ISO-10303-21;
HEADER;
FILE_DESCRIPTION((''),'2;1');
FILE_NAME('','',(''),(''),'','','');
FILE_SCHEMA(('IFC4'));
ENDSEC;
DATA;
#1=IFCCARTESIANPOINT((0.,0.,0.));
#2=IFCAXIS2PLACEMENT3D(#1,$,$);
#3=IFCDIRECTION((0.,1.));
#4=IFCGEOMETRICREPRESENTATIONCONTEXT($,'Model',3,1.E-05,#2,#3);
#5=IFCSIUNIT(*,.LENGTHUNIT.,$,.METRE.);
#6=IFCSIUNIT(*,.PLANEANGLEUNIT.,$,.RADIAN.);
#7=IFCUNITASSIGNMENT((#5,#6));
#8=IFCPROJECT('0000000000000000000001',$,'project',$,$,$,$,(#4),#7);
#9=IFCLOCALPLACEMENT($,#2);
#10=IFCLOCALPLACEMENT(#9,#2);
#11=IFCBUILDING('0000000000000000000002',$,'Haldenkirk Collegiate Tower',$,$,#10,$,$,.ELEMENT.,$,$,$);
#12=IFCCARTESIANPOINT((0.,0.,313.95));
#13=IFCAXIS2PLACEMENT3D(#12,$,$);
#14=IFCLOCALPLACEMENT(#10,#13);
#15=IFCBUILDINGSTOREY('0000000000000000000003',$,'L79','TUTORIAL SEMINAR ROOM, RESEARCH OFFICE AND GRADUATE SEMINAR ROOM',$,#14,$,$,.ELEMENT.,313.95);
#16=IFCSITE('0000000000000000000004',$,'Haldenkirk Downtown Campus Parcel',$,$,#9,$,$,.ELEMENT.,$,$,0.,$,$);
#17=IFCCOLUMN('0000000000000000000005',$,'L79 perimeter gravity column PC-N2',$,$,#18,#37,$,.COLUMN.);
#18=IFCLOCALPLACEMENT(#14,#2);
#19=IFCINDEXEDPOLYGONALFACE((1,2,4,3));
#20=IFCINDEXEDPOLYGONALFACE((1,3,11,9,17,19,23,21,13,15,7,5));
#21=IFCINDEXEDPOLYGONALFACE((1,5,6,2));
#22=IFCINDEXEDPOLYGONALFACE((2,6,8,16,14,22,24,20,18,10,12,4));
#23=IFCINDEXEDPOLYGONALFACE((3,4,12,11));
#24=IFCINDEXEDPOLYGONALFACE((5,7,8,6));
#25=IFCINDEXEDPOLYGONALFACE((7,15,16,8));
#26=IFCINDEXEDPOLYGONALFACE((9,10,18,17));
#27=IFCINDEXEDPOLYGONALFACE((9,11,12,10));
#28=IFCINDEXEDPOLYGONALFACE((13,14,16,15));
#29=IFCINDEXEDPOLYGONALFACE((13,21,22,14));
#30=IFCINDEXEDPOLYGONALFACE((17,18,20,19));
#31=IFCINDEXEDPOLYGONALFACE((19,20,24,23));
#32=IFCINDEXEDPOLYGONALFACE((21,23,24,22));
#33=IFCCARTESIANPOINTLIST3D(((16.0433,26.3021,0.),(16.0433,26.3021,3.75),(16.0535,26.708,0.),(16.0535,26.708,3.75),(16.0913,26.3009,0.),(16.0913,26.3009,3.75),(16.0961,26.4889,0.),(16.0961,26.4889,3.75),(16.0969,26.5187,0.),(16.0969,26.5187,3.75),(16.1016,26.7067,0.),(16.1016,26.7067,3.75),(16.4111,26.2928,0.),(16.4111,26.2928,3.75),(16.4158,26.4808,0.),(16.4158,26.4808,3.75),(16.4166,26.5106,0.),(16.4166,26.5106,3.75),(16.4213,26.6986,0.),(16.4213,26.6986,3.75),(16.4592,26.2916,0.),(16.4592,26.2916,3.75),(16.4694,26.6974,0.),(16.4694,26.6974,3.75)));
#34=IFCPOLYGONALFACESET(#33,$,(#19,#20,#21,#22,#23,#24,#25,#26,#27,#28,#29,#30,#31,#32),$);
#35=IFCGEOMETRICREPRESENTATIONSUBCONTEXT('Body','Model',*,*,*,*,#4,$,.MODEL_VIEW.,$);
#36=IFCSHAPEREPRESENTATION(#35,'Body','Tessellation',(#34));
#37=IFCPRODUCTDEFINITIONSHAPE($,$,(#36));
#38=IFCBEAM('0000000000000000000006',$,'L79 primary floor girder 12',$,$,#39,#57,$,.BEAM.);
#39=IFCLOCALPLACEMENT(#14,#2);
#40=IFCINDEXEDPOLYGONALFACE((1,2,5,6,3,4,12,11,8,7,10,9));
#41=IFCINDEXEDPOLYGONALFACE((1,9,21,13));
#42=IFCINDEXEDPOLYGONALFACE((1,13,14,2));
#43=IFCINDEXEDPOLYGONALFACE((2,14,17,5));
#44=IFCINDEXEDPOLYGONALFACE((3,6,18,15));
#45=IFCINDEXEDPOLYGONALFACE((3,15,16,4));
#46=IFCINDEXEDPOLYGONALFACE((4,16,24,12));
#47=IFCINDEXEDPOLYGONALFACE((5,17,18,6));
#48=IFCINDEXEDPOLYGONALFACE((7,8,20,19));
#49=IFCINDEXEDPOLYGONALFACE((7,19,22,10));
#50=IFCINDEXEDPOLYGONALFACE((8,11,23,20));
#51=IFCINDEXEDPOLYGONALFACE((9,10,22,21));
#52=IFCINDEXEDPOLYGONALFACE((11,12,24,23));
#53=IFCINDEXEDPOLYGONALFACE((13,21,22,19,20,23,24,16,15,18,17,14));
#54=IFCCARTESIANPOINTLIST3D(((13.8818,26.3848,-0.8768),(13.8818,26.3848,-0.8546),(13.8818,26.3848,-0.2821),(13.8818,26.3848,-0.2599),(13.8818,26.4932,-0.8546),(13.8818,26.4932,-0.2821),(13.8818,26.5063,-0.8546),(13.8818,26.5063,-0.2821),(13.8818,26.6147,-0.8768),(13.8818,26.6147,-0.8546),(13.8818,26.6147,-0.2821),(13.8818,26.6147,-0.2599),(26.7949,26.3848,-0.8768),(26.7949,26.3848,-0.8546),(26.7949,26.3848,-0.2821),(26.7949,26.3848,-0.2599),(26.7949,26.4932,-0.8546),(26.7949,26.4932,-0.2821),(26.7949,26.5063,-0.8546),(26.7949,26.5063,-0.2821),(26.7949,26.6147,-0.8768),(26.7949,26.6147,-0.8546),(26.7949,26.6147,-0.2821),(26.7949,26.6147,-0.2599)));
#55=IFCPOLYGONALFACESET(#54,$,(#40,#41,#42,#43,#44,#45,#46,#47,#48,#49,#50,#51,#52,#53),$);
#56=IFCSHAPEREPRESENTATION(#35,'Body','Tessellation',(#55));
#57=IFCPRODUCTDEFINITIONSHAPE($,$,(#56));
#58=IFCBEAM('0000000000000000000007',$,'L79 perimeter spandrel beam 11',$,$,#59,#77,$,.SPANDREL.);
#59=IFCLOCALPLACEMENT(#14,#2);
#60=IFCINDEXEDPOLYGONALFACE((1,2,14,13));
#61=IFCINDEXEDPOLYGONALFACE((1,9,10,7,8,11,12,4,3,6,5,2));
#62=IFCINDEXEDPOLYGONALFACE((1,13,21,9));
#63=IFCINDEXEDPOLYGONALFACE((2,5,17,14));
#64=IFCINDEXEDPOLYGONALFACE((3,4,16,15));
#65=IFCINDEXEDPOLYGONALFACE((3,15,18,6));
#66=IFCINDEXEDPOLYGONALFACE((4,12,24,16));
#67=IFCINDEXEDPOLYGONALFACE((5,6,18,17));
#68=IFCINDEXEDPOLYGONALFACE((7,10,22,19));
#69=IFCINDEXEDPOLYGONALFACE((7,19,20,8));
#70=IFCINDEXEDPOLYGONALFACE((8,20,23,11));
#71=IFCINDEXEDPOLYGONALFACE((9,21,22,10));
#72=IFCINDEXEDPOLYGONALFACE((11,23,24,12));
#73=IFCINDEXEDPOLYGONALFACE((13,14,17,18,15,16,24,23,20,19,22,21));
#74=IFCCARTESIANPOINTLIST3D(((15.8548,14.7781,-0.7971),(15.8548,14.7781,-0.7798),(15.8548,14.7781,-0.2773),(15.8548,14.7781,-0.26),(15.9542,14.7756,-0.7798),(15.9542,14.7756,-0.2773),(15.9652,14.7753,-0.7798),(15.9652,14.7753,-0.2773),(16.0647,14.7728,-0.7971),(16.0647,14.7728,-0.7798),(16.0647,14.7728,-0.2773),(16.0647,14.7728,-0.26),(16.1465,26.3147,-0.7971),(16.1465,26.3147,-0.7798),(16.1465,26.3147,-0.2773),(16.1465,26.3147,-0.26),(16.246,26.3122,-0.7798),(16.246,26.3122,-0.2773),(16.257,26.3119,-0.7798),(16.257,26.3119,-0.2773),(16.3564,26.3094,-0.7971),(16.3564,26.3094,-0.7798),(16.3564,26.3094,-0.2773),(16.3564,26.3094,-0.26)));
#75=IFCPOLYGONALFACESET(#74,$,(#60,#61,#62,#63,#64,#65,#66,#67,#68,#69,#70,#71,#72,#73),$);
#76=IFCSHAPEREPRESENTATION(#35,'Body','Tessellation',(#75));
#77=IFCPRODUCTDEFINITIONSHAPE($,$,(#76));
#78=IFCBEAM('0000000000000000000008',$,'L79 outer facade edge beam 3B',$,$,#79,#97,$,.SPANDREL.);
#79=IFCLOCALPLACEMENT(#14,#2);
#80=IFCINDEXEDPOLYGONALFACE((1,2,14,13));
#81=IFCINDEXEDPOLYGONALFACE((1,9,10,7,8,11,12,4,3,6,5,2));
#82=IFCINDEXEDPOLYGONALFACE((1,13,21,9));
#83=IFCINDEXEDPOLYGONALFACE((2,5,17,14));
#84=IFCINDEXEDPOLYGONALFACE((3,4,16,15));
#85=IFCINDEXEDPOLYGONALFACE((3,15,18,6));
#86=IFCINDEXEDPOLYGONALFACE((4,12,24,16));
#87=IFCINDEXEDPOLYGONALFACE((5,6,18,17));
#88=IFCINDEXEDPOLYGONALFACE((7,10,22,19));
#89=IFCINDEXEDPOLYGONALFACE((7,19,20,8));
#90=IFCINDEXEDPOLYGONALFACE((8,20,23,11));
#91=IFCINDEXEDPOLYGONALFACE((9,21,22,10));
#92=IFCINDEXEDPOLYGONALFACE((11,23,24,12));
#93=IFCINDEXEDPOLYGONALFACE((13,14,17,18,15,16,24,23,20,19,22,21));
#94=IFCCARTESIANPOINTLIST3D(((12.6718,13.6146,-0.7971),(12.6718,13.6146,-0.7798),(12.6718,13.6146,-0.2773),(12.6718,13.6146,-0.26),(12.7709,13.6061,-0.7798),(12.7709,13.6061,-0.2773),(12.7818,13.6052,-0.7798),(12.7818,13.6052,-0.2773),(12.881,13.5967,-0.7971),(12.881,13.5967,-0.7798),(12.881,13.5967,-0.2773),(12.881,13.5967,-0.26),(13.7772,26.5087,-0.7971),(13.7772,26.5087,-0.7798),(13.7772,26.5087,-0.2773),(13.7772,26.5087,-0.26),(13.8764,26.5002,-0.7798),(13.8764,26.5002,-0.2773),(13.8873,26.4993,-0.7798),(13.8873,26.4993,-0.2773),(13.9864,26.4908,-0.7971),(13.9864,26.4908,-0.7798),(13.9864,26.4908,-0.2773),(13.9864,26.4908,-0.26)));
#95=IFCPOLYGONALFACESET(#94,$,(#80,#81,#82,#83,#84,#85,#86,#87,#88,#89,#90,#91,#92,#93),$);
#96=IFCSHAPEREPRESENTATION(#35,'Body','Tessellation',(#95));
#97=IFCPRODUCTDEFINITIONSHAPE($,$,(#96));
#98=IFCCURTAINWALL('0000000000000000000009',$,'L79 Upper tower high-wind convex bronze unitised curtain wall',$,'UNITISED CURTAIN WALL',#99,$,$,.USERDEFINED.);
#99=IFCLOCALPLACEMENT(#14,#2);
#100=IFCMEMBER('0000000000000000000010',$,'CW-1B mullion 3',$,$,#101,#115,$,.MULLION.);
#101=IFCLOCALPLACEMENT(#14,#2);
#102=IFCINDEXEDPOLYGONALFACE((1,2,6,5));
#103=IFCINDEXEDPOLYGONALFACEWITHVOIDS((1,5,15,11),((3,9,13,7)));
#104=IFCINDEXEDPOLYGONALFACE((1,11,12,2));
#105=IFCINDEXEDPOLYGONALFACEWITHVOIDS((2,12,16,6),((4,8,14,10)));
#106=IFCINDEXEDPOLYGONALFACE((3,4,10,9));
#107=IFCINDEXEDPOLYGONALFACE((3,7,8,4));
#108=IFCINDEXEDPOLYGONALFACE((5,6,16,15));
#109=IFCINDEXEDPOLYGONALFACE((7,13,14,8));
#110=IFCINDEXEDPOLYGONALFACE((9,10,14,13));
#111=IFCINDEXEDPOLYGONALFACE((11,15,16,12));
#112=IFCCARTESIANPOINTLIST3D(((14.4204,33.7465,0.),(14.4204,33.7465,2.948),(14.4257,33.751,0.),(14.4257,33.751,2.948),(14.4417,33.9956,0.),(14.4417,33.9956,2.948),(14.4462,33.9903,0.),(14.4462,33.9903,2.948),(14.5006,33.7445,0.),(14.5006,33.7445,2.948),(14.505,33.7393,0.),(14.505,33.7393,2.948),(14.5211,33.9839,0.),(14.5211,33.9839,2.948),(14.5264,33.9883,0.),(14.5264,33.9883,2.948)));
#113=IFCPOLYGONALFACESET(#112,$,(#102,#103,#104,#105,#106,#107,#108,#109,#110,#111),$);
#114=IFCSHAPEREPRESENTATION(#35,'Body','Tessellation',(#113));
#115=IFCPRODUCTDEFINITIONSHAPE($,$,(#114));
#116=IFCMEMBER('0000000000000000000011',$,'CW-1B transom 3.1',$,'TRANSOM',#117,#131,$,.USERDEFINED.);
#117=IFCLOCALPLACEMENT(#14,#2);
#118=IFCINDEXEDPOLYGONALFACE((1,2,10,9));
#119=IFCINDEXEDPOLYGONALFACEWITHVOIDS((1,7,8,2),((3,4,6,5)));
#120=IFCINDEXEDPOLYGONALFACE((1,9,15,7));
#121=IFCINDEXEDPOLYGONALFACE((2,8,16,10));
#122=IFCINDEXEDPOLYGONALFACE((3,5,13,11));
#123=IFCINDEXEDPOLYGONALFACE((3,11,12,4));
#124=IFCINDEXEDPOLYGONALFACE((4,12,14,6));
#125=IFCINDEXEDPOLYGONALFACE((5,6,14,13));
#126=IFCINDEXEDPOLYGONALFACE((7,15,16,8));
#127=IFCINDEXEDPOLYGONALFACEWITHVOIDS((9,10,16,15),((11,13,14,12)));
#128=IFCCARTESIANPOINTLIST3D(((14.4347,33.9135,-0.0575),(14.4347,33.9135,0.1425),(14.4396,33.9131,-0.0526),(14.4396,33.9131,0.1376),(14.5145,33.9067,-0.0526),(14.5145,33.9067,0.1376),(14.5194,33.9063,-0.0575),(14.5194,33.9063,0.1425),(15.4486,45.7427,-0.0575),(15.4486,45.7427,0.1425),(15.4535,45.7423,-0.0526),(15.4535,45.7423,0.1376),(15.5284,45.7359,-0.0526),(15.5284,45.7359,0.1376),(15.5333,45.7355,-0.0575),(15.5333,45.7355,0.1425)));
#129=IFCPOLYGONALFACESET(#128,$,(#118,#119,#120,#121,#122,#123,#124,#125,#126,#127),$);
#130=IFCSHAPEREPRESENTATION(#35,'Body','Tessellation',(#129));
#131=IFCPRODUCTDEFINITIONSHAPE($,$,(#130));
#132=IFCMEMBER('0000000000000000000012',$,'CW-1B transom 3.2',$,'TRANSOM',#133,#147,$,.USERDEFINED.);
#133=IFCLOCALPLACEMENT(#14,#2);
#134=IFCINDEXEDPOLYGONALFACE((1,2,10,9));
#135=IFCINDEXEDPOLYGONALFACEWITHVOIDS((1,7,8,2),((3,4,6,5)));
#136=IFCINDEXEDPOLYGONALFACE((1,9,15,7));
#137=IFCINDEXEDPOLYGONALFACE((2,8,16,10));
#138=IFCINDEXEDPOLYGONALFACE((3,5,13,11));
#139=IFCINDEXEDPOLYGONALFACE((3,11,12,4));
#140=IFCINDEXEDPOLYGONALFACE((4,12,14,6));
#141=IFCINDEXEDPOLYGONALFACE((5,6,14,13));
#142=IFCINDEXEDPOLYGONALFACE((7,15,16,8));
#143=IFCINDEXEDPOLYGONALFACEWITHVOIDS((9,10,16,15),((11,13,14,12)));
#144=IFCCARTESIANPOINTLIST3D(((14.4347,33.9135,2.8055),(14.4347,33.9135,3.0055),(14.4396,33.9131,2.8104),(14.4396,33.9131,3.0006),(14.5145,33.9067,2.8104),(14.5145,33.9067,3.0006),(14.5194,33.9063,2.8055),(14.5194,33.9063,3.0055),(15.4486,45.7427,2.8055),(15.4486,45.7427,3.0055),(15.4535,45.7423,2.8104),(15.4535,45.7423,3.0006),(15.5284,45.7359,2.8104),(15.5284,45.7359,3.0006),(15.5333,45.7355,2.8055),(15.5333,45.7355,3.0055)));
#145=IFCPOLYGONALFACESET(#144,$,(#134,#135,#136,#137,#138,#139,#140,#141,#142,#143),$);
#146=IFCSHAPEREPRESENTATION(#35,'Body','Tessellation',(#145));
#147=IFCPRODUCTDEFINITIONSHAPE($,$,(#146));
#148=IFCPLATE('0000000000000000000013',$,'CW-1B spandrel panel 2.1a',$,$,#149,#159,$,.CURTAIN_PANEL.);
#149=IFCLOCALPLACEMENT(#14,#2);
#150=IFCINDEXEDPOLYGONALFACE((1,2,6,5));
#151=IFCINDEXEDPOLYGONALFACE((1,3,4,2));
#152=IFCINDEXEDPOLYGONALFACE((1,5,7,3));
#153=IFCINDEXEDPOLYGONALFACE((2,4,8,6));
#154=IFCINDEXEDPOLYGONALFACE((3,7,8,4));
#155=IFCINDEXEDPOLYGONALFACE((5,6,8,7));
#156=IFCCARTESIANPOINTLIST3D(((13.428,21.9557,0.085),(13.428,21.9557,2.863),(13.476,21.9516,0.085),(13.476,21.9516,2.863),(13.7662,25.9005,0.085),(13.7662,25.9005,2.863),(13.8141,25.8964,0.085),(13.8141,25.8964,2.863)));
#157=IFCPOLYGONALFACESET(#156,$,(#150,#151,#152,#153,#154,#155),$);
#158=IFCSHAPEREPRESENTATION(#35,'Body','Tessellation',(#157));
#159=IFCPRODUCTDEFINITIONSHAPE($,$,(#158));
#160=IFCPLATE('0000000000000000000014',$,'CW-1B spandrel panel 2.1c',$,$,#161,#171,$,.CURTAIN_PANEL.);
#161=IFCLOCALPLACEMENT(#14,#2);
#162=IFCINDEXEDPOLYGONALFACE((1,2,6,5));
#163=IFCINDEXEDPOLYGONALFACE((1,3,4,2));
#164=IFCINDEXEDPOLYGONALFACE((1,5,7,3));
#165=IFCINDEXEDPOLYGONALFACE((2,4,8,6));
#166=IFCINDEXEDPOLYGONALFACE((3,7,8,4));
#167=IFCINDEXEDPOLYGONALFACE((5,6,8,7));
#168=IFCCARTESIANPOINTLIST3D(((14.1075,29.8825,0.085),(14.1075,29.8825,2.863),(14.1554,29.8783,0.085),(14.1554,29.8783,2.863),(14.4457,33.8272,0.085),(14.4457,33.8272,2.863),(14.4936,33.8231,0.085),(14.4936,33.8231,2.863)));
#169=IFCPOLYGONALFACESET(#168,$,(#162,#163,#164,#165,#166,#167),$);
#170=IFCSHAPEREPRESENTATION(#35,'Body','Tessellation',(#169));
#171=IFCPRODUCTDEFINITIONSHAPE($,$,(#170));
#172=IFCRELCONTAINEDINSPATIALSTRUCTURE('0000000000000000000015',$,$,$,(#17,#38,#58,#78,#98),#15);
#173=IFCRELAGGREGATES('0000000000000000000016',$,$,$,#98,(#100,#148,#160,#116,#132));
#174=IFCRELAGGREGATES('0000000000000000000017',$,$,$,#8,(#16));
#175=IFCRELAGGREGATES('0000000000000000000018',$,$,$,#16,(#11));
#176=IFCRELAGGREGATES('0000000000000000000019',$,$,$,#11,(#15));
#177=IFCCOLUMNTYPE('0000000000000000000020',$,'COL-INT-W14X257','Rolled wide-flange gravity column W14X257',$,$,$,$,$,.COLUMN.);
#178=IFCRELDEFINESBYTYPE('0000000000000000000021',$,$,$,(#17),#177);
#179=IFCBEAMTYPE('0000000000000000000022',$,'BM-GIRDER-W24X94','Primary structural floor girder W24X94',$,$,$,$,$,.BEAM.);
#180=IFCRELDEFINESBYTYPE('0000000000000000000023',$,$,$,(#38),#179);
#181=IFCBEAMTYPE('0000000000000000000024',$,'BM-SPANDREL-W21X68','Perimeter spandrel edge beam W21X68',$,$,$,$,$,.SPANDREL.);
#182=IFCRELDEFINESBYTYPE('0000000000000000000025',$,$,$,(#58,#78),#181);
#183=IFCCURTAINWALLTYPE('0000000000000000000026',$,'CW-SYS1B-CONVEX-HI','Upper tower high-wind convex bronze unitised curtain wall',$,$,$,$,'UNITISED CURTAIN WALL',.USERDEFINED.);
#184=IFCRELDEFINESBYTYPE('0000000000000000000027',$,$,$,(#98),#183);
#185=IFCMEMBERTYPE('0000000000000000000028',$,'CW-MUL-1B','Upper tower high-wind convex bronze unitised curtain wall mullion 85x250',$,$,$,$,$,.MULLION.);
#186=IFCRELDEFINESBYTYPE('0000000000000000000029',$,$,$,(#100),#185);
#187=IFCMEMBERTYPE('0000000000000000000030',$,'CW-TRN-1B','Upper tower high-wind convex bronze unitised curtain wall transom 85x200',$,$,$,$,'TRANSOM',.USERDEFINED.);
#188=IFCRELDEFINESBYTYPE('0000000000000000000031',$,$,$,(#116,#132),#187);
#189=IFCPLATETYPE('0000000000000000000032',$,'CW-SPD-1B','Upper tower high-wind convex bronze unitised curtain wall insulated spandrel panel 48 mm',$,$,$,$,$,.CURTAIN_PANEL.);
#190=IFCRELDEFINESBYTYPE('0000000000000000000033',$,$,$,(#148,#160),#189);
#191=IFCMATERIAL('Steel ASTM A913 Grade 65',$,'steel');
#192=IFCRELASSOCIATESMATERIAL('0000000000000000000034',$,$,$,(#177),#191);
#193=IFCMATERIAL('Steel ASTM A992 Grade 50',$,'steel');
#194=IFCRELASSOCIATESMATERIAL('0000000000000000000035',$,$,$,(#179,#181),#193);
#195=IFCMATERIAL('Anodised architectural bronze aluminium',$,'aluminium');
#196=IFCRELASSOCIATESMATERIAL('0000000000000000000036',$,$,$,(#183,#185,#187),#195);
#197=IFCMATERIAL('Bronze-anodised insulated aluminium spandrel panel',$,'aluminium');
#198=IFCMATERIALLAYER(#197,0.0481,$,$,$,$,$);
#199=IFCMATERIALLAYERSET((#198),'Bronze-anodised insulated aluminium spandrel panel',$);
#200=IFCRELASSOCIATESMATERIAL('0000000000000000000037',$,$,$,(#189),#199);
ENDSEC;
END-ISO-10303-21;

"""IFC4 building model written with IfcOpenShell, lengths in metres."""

from ifc_helpers import new_model, si_unit, direction, frame, origin, origin_2d, place, context, subcontext, project, spatial, rectangle, hollow_rectangle, i_section, extrude, source, transform, mapped, material, layer, layer_set, material_profile, profile_set, type_object, element, aggregate, save


model = new_model("IFC4")

# Units and contexts
model_context = context("Model", 3, precision=1e-05, world=origin(), true_north=direction((0.0, 1.0)))
body_context = subcontext(model_context, "Body", "Model", "MODEL_VIEW")
ifc_project = project(units=[si_unit("LENGTHUNIT", "METRE"), si_unit("PLANEANGLEUNIT", "RADIAN")], contexts=[model_context])

# Site, building, storey
site_placement = place(None, origin())
site = spatial("IfcSite", under=ifc_project, at=site_placement, Name="Haldenkirk Downtown Campus Parcel", CompositionType="ELEMENT", RefElevation=0.0)
building_placement = place(site_placement, origin())
building = spatial("IfcBuilding", under=site, at=building_placement, Name="Haldenkirk Collegiate Tower", CompositionType="ELEMENT")
storey_placement = place(building_placement, frame((0.0, 0.0, 313.95)))
storey = spatial("IfcBuildingStorey", under=building, at=storey_placement, Name="L79", Description="TUTORIAL SEMINAR ROOM, RESEARCH OFFICE AND GRADUATE SEMINAR ROOM", CompositionType="ELEMENT", Elevation=313.95)

# Column
ifc_material_1 = material(Name="Steel ASTM A913 Grade 65", Category="steel")
ifc_material_profile_1 = material_profile(ifc_material_1, i_section(OverallWidth=0.406, OverallDepth=0.416, WebThickness=0.0298, FlangeThickness=0.0481, at=origin_2d()), Name="W14X257")
ifc_profile_set_1 = profile_set([ifc_material_profile_1], Name="Steel ASTM A913 Grade 65")
column_type = type_object("IfcColumnType", Name="COL-INT-W14X257", Description="Rolled wide-flange gravity column W14X257", PredefinedType="COLUMN", material=ifc_profile_set_1)
column_placement = place(storey_placement, frame((16.2563, 26.4998, 0.0), z_axis=(0.0, 0.0, 1.0), x_axis=(0.025305, 0.99968, 0.0)))
element("IfcColumn", 1, at=column_placement, inside=storey, type_object=column_type, Name="L79 perimeter gravity column PC-N2", PredefinedType="COLUMN", context=body_context, shape_type="SweptSolid", body=[
    extrude(i_section(OverallWidth=0.406, OverallDepth=0.416, WebThickness=0.0298, FlangeThickness=0.0481, at=origin_2d()), origin(), (0.0, 0.0, 1.0), 3.75),
])

# Beams
ifc_material_2 = material(Name="Steel ASTM A992 Grade 50", Category="steel")
ifc_material_profile_2 = material_profile(ifc_material_2, i_section(OverallWidth=0.23, OverallDepth=0.6169, WebThickness=0.0132, FlangeThickness=0.0222, at=origin_2d()), Name="W24X94")
ifc_profile_set_2 = profile_set([ifc_material_profile_2], Name="Steel ASTM A992 Grade 50")
beam_type_1 = type_object("IfcBeamType", Name="BM-GIRDER-W24X94", Description="Primary structural floor girder W24X94", PredefinedType="BEAM", material=ifc_profile_set_2)
beam_1_placement = place(storey_placement, frame((13.8818, 26.4998, -0.5684), z_axis=(1.0, 0.0, 0.0), x_axis=(0.0, 1.0, 0.0)))
element("IfcBeam", 2, at=beam_1_placement, inside=storey, type_object=beam_type_1, Name="L79 primary floor girder 12", PredefinedType="BEAM", context=body_context, shape_type="SweptSolid", body=[
    extrude(i_section(OverallWidth=0.23, OverallDepth=0.6169, WebThickness=0.0132, FlangeThickness=0.0222, at=origin_2d()), origin(), (0.0, 0.0, 1.0), 12.9131),
])
ifc_material_profile_3 = material_profile(ifc_material_2, i_section(OverallWidth=0.21, OverallDepth=0.5371, WebThickness=0.011, FlangeThickness=0.0173, at=origin_2d()), Name="W21X68")
ifc_profile_set_3 = profile_set([ifc_material_profile_3], Name="Steel ASTM A992 Grade 50")
beam_type_2 = type_object("IfcBeamType", Name="BM-SPANDREL-W21X68", Description="Perimeter spandrel edge beam W21X68", PredefinedType="SPANDREL", material=ifc_profile_set_3)
beam_2_placement = place(storey_placement, frame((16.2515, 26.312, -0.5286), z_axis=(-0.025281, -0.99968, 0.0), x_axis=(0.99968, -0.025281, 0.0)))
element("IfcBeam", 3, at=beam_2_placement, inside=storey, type_object=beam_type_2, Name="L79 perimeter spandrel beam 11", PredefinedType="SPANDREL", context=body_context, shape_type="SweptSolid", body=[
    extrude(i_section(OverallWidth=0.21, OverallDepth=0.5371, WebThickness=0.011, FlangeThickness=0.0173, at=origin_2d()), origin(), (0.0, 0.0, 1.0), 11.5403),
])
beam_3_placement = place(storey_placement, frame((13.8818, 26.4998, -0.5286), z_axis=(-0.085421, -0.996345, 0.0), x_axis=(0.996345, -0.085421, 0.0)))
element("IfcBeam", 4, at=beam_3_placement, inside=storey, type_object=beam_type_2, Name="L79 outer facade edge beam 3B", PredefinedType="SPANDREL", context=body_context, shape_type="SweptSolid", body=[
    extrude(i_section(OverallWidth=0.21, OverallDepth=0.5371, WebThickness=0.011, FlangeThickness=0.0173, at=origin_2d()), origin(), (0.0, 0.0, 1.0), 12.9414),
])

# Curtain wall, members, plates
ifc_material_3 = material(Name="Anodised architectural bronze aluminium", Category="aluminium")
curtain_wall_type = type_object("IfcCurtainWallType", Name="CW-SYS1B-CONVEX-HI", Description="Upper tower high-wind convex bronze unitised curtain wall", ElementType="UNITISED CURTAIN WALL", PredefinedType="USERDEFINED", material=ifc_material_3)
curtain_wall_placement = place(storey_placement, origin())
curtain_wall = element("IfcCurtainWall", 5, at=curtain_wall_placement, inside=storey, type_object=curtain_wall_type, Name="L79 Upper tower high-wind convex bronze unitised curtain wall", ObjectType="UNITISED CURTAIN WALL", PredefinedType="USERDEFINED")
ifc_material_profile_4 = material_profile(ifc_material_3, hollow_rectangle(XDim=0.085, YDim=0.25, WallThickness=0.0049, at=origin_2d()), Name="CW-MUL-1B")
ifc_profile_set_4 = profile_set([ifc_material_profile_4], Name="Anodised architectural bronze aluminium")
member_type_1 = type_object("IfcMemberType", Name="CW-MUL-1B", Description="Upper tower high-wind convex bronze unitised curtain wall mullion 85x250", PredefinedType="MULLION", material=ifc_profile_set_4)
member_1_placement = place(storey_placement, frame((14.4734, 33.8674, 0.0), z_axis=(0.0, 0.0, 1.0), x_axis=(-0.996345, 0.085417, 0.0)))
member_1 = element("IfcMember", 6, at=member_1_placement, type_object=member_type_1, Name="CW-1B mullion 3", PredefinedType="MULLION", context=body_context, shape_type="SweptSolid", body=[
    extrude(hollow_rectangle(XDim=0.085, YDim=0.25, WallThickness=0.0049, at=origin_2d()), origin(), (0.0, 0.0, 1.0), 2.948),
])
ifc_material_profile_5 = material_profile(ifc_material_3, hollow_rectangle(XDim=0.085, YDim=0.2, WallThickness=0.0049, at=origin_2d()), Name="CW-TRN-1B")
ifc_profile_set_5 = profile_set([ifc_material_profile_5], Name="Anodised architectural bronze aluminium")
member_type_2 = type_object("IfcMemberType", Name="CW-TRN-1B", Description="Upper tower high-wind convex bronze unitised curtain wall transom 85x200", ElementType="TRANSOM", PredefinedType="USERDEFINED", material=ifc_profile_set_5)
member_2_placement = place(storey_placement, frame((14.4771, 33.9099, 0.0425), z_axis=(0.085401, 0.996347, 0.0), x_axis=(-0.996347, 0.085401, 0.0)))
member_2 = element("IfcMember", 7, at=member_2_placement, type_object=member_type_2, Name="CW-1B transom 3.1", ObjectType="TRANSOM", PredefinedType="USERDEFINED", context=body_context, shape_type="SweptSolid", body=[
    extrude(hollow_rectangle(XDim=0.085, YDim=0.2, WallThickness=0.0049, at=origin_2d()), origin(), (0.0, 0.0, 1.0), 11.8726),
])
member_3_placement = place(storey_placement, frame((14.4771, 33.9099, 2.9055), z_axis=(0.085401, 0.996347, 0.0), x_axis=(-0.996347, 0.085401, 0.0)))
member_3 = element("IfcMember", 8, at=member_3_placement, type_object=member_type_2, Name="CW-1B transom 3.2", ObjectType="TRANSOM", PredefinedType="USERDEFINED", context=body_context, shape_type="SweptSolid", body=[
    extrude(hollow_rectangle(XDim=0.085, YDim=0.2, WallThickness=0.0049, at=origin_2d()), origin(), (0.0, 0.0, 1.0), 11.8726),
])
ifc_material_4 = material(Name="Bronze-anodised insulated aluminium spandrel panel", Category="aluminium")
ifc_layer_1 = layer(ifc_material_4, 0.0481)
ifc_layer_set_1 = layer_set([ifc_layer_1], Name="Bronze-anodised insulated aluminium spandrel panel")
plate_type_1 = type_object("IfcPlateType", Name="CW-SPD-1B", Description="Upper tower high-wind convex bronze unitised curtain wall insulated spandrel panel 48 mm", PredefinedType="CURTAIN_PANEL", material=ifc_layer_set_1)
shared_shape_1 = source(origin(), body_context, "Body", "SweptSolid", [
    extrude(rectangle(XDim=3.9592, YDim=0.0481, at=origin_2d()), origin(), (0.0, 0.0, 1.0), 2.7781),
])
plate_1_placement = place(storey_placement, frame((13.6211, 23.926, 0.085), z_axis=(0.0, 0.0, 1.0), x_axis=(0.085417, 0.996345, 0.0)))
plate_1 = element("IfcPlate", 9, at=plate_1_placement, type_object=plate_type_1, Name="CW-1B spandrel panel 2.1a", PredefinedType="CURTAIN_PANEL", context=body_context, shape_type="MappedRepresentation", body=[
    mapped(shared_shape_1, transform((0.0, 0.0, 0.0), x_axis=(1.0, 0.0, 0.0), y_axis=(0.0, 1.0, 0.0), z_axis=(0.0, 0.0, 1.0), scale=1.0)),
])
plate_2_placement = place(storey_placement, frame((14.3005, 31.8528, 0.085), z_axis=(0.0, 0.0, 1.0), x_axis=(0.085417, 0.996345, 0.0)))
plate_2 = element("IfcPlate", 10, at=plate_2_placement, type_object=plate_type_1, Name="CW-1B spandrel panel 2.1c", PredefinedType="CURTAIN_PANEL", context=body_context, shape_type="MappedRepresentation", body=[
    mapped(shared_shape_1, transform((0.0, 0.0, 0.0), x_axis=(1.0, 0.0, 0.0), y_axis=(0.0, 1.0, 0.0), z_axis=(0.0, 0.0, 1.0), scale=1.0)),
])
aggregate(curtain_wall, [member_1, plate_1, plate_2, member_2, member_3])

save(model, "model.ifc")
